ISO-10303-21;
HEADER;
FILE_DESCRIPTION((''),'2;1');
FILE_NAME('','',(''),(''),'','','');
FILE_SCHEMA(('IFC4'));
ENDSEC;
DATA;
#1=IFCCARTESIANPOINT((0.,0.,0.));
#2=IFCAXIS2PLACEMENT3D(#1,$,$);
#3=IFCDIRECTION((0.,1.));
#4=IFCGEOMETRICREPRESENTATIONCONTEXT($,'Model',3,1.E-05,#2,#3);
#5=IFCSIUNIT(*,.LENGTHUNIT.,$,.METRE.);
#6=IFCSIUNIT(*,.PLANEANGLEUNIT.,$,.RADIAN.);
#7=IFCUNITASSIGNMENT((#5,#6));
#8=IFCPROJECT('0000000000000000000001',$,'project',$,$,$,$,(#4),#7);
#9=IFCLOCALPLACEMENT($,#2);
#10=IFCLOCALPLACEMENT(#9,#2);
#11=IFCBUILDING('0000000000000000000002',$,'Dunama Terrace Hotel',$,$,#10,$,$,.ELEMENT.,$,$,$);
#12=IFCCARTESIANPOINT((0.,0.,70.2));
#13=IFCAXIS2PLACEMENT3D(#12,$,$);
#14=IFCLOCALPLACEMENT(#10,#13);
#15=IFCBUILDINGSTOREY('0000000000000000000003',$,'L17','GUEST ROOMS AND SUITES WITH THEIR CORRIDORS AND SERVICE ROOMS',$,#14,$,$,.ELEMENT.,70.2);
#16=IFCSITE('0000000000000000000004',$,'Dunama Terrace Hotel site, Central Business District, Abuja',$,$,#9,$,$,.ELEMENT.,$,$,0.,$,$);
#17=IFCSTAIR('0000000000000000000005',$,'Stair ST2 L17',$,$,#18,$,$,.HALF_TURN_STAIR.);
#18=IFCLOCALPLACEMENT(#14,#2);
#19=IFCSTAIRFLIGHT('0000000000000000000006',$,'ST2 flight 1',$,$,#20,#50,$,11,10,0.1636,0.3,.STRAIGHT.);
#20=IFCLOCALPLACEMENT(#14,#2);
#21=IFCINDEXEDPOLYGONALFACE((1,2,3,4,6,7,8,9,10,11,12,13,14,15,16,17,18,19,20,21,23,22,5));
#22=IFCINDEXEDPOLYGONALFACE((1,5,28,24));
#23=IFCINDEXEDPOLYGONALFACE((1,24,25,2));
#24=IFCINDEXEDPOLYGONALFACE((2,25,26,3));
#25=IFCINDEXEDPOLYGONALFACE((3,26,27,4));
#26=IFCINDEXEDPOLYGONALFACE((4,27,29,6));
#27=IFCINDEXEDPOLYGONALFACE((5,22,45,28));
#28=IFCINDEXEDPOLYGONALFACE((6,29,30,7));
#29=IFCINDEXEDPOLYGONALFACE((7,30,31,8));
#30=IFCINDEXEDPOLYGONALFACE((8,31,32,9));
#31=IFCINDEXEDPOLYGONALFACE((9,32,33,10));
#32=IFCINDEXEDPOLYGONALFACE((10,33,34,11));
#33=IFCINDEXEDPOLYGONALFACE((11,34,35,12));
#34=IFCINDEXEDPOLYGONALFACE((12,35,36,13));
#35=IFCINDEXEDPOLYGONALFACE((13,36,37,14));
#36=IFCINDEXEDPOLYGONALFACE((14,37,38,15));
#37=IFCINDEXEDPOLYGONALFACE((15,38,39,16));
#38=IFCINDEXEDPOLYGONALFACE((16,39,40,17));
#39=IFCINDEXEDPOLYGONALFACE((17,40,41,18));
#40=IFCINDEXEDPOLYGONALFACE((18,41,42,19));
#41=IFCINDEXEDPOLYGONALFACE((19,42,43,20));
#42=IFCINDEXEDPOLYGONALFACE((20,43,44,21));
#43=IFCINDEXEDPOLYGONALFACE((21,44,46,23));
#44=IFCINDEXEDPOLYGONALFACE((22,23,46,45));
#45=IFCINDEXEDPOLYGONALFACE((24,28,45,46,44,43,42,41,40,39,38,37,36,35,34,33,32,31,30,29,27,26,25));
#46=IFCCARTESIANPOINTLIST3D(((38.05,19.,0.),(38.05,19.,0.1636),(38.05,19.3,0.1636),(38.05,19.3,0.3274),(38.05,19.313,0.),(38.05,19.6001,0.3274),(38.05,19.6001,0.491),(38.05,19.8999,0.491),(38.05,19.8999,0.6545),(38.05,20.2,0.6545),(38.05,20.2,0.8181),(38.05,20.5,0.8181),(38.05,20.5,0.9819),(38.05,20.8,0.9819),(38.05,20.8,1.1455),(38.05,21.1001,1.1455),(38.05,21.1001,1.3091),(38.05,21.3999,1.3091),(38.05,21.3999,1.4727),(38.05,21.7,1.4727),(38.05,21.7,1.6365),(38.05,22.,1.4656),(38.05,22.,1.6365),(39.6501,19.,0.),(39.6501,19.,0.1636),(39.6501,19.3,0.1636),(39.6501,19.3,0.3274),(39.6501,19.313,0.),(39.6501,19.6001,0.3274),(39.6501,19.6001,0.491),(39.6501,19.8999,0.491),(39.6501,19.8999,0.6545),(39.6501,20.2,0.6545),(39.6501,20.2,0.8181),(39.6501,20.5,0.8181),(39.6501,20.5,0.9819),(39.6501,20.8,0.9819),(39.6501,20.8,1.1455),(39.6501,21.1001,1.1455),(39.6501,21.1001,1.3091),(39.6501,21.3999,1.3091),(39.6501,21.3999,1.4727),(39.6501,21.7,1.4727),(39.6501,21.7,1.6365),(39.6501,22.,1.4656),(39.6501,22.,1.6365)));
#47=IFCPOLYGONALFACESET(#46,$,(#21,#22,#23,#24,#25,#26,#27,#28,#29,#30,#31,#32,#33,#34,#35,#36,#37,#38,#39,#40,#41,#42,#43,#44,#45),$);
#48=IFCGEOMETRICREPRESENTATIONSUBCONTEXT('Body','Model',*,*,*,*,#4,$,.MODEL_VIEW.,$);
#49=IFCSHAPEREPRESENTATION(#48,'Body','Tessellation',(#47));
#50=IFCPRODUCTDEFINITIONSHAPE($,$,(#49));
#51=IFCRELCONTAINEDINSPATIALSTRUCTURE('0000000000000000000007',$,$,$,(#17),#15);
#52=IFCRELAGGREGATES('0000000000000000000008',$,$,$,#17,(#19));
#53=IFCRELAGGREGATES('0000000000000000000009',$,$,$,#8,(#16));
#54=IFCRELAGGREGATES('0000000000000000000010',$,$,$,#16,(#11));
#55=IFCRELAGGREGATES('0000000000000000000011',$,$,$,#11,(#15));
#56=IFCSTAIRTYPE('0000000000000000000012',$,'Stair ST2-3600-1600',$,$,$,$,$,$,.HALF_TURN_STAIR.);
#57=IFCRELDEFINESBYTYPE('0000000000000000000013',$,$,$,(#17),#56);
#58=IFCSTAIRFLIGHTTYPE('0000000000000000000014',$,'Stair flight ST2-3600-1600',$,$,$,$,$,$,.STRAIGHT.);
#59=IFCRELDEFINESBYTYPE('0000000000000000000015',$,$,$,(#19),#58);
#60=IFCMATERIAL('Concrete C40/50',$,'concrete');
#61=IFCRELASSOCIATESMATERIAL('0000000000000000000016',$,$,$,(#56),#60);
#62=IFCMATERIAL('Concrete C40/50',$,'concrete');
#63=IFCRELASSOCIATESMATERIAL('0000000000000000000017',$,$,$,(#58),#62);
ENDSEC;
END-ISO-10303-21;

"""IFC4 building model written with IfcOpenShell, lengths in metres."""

from ifc_helpers import new_model, si_unit, direction, frame, origin, place, context, subcontext, project, spatial, polyline, outline, extrude, material, type_object, element, aggregate, save


model = new_model("IFC4")

# Units and contexts
model_context = context("Model", 3, precision=1e-05, world=origin(), true_north=direction((0.0, 1.0)))
body_context = subcontext(model_context, "Body", "Model", "MODEL_VIEW")
ifc_project = project(units=[si_unit("LENGTHUNIT", "METRE"), si_unit("PLANEANGLEUNIT", "RADIAN")], contexts=[model_context])

# Site, building, storey
site_placement = place(None, origin())
site = spatial("IfcSite", under=ifc_project, at=site_placement, Name="Dunama Terrace Hotel site, Central Business District, Abuja", CompositionType="ELEMENT", RefElevation=0.0)
building_placement = place(site_placement, origin())
building = spatial("IfcBuilding", under=site, at=building_placement, Name="Dunama Terrace Hotel", CompositionType="ELEMENT")
storey_placement = place(building_placement, frame((0.0, 0.0, 70.2)))
storey = spatial("IfcBuildingStorey", under=building, at=storey_placement, Name="L17", Description="GUEST ROOMS AND SUITES WITH THEIR CORRIDORS AND SERVICE ROOMS", CompositionType="ELEMENT", Elevation=70.2)

# Stair, stair flight
ifc_material_1 = material(Name="Concrete C40/50", Category="concrete")
stair_type = type_object("IfcStairType", Name="Stair ST2-3600-1600", PredefinedType="HALF_TURN_STAIR", material=ifc_material_1)
stair_placement = place(storey_placement, origin())
stair = element("IfcStair", 1, at=stair_placement, inside=storey, type_object=stair_type, Name="Stair ST2 L17", PredefinedType="HALF_TURN_STAIR")
ifc_material_2 = material(Name="Concrete C40/50", Category="concrete")
stair_flight_type = type_object("IfcStairFlightType", Name="Stair flight ST2-3600-1600", PredefinedType="STRAIGHT", material=ifc_material_2)
stair_flight_placement = place(storey_placement, frame((38.8501, 19.0, 0.0), z_axis=(0.0, 0.0, 1.0), x_axis=(0.0, 1.0, 0.0)))
stair_flight = element("IfcStairFlight", 2, at=stair_flight_placement, type_object=stair_flight_type, Name="ST2 flight 1", NumberOfRisers=11, NumberOfTreads=10, PredefinedType="STRAIGHT", RiserHeight=0.1636, TreadLength=0.3, context=body_context, shape_type="SweptSolid", body=[
    extrude(outline(polyline([(0.0, 0.0), (0.0, 0.1636), (0.3, 0.1636), (0.3, 0.3274), (0.6001, 0.3274), (0.6001, 0.491), (0.8999, 0.491), (0.8999, 0.6545), (1.2, 0.6545), (1.2, 0.8181), (1.5, 0.8181), (1.5, 0.9819), (1.8, 0.9819), (1.8, 1.1455), (2.1001, 1.1455), (2.1001, 1.3091), (2.3999, 1.3091), (2.3999, 1.4727), (2.7, 1.4727), (2.7, 1.6365), (3.0, 1.6365), (3.0, 1.8), (3.0, 1.4656), (0.313, 0.0), (0.0, 0.0)])), frame((0.0, 0.8, 0.0), z_axis=(0.0, -1.0, 0.0), x_axis=(1.0, 0.0, 0.0)), (0.0, 0.0, 1.0), 1.6001),
])
aggregate(stair, [stair_flight])

save(model, "model.ifc")
